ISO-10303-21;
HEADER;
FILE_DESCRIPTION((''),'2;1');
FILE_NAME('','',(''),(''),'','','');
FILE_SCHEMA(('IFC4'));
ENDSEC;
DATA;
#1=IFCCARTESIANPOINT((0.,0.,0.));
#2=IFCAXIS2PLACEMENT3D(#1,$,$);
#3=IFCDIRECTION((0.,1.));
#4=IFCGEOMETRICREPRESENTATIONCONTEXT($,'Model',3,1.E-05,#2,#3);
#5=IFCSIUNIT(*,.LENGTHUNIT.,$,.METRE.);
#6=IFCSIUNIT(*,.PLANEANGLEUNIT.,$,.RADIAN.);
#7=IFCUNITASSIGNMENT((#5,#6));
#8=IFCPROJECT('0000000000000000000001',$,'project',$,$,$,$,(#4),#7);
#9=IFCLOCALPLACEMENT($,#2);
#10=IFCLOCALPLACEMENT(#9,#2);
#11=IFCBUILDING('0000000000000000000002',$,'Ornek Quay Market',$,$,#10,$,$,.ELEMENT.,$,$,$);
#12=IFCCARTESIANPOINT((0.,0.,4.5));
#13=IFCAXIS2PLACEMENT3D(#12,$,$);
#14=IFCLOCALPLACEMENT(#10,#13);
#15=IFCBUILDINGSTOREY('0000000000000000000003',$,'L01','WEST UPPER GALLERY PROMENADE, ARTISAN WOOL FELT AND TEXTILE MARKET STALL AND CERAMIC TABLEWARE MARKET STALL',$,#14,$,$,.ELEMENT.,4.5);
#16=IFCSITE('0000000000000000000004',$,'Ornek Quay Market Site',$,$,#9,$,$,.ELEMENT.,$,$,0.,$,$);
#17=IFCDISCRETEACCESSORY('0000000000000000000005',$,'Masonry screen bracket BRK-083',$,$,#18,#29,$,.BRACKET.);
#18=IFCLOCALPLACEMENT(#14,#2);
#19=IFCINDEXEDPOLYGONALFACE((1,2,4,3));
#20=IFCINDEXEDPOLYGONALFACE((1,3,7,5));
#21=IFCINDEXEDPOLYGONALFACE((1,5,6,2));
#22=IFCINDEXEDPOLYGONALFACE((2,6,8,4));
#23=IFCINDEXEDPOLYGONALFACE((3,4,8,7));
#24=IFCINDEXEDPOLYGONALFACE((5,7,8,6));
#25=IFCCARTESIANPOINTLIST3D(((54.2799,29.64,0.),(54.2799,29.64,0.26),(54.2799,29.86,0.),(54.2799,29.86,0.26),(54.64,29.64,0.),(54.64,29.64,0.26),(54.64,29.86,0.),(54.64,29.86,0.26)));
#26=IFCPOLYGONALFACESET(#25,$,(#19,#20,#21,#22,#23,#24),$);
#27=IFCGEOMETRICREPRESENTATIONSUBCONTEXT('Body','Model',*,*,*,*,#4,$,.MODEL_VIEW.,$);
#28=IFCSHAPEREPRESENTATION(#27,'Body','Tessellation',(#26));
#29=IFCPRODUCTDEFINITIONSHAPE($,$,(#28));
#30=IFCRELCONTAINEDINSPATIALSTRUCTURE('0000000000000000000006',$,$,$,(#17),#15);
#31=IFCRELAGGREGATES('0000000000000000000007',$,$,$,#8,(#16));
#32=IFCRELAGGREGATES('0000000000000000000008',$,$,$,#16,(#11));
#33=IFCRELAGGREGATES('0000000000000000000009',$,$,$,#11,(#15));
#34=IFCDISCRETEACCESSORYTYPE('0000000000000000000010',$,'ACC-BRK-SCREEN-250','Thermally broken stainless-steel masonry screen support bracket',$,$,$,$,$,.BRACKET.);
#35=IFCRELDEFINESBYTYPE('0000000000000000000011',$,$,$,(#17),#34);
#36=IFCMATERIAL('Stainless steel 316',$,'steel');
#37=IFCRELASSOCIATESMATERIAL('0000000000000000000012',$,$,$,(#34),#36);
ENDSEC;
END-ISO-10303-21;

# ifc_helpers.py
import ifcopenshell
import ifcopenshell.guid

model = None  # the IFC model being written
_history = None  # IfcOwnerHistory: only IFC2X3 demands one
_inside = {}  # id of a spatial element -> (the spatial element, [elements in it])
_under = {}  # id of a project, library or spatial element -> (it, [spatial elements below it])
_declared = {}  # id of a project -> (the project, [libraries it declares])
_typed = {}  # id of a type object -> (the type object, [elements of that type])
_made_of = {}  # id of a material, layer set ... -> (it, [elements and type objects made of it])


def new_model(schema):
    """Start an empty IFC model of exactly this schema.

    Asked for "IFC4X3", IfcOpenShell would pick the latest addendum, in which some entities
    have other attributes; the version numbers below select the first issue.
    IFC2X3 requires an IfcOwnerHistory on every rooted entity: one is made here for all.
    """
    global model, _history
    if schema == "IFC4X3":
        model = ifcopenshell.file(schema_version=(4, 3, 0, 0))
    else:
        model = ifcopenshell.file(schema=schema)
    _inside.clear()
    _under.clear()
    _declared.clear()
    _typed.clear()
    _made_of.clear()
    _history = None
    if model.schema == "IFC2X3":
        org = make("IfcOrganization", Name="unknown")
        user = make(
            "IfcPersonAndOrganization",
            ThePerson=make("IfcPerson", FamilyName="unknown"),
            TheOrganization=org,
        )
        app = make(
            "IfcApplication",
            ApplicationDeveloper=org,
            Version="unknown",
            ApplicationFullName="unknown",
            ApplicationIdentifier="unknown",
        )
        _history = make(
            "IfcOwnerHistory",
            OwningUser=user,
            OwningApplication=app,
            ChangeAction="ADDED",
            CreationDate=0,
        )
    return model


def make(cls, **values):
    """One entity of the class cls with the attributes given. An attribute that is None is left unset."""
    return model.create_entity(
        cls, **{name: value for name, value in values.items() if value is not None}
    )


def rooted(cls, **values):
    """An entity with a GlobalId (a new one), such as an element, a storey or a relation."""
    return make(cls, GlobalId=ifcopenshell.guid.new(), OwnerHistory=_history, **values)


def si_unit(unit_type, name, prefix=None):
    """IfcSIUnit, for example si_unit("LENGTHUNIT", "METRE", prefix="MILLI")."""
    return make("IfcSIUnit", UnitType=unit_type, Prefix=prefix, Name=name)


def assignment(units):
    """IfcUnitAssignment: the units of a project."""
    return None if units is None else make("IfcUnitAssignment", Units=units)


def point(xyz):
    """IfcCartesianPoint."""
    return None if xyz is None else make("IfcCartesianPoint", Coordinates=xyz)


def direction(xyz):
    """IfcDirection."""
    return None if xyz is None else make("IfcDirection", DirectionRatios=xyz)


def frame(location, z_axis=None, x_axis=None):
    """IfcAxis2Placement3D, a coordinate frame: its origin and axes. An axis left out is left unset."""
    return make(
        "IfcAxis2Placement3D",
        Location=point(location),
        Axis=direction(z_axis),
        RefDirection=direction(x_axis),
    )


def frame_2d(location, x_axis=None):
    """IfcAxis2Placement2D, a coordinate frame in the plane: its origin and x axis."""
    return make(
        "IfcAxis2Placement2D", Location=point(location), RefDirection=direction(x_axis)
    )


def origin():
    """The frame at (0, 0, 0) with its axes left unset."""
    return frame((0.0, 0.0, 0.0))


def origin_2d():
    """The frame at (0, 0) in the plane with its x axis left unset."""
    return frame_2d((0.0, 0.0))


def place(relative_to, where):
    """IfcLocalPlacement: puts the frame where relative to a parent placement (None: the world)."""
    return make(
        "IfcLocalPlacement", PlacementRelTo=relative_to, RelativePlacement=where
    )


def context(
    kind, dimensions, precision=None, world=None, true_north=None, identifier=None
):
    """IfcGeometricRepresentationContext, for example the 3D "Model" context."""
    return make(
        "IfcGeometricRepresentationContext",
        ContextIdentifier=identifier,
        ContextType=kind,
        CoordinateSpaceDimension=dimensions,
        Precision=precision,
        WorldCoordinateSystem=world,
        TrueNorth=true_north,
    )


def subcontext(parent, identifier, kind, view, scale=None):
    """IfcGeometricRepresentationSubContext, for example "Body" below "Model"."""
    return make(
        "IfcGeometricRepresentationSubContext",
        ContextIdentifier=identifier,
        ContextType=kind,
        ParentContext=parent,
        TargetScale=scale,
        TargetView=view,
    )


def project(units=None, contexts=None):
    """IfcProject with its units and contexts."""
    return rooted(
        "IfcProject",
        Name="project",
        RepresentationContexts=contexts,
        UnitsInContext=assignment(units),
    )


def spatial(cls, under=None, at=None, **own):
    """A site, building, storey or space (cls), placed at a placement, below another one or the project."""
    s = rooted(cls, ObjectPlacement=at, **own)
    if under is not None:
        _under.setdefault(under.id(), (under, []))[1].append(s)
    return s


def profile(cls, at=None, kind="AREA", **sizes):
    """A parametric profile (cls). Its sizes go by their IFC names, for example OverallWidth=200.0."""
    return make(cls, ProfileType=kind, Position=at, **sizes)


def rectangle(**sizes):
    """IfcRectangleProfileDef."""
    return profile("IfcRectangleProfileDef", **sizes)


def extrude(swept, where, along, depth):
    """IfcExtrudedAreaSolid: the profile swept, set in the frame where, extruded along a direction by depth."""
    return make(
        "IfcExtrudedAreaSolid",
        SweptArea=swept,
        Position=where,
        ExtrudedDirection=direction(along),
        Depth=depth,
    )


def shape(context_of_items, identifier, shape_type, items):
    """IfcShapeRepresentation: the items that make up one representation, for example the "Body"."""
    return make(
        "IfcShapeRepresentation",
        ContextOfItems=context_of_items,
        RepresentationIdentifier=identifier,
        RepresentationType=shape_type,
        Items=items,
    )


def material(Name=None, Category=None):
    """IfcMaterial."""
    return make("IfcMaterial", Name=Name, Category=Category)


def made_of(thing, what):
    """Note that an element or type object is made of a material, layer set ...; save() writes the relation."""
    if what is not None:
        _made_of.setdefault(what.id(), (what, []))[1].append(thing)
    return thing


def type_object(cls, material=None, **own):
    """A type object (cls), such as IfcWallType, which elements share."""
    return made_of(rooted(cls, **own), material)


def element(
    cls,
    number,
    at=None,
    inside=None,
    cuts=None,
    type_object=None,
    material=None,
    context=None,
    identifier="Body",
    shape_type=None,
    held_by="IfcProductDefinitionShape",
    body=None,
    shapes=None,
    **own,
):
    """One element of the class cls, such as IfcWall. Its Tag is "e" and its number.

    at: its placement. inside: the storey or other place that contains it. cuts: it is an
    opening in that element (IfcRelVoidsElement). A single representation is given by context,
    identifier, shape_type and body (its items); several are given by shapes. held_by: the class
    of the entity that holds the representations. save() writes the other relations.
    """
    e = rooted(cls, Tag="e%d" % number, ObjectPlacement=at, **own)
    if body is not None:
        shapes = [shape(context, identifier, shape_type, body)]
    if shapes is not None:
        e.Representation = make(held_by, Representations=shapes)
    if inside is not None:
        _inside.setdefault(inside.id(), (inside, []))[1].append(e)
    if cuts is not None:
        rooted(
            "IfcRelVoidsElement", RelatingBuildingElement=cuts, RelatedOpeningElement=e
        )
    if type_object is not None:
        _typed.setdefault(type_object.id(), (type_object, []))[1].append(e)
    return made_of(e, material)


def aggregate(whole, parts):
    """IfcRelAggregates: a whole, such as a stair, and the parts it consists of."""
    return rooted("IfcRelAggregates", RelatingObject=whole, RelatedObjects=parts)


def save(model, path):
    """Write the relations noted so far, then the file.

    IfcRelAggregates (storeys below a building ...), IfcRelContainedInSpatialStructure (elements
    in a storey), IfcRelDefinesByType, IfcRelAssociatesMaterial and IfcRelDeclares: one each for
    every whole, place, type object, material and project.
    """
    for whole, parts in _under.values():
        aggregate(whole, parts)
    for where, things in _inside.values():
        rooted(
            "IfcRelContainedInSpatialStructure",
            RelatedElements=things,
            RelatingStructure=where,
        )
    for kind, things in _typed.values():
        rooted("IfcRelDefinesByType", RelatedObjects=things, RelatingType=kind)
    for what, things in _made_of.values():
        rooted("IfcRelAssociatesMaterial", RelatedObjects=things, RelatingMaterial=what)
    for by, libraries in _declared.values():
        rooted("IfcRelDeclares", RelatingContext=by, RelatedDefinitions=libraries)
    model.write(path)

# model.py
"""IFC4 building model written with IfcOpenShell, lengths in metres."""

from ifc_helpers import new_model, si_unit, direction, frame, origin, origin_2d, place, context, subcontext, project, spatial, rectangle, extrude, material, type_object, element, save


model = new_model("IFC4")

# Units and contexts
model_context = context("Model", 3, precision=1e-05, world=origin(), true_north=direction((0.0, 1.0)))
body_context = subcontext(model_context, "Body", "Model", "MODEL_VIEW")
ifc_project = project(units=[si_unit("LENGTHUNIT", "METRE"), si_unit("PLANEANGLEUNIT", "RADIAN")], contexts=[model_context])

# Site, building, storey
site_placement = place(None, origin())
site = spatial("IfcSite", under=ifc_project, at=site_placement, Name="Ornek Quay Market Site", CompositionType="ELEMENT", RefElevation=0.0)
building_placement = place(site_placement, origin())
building = spatial("IfcBuilding", under=site, at=building_placement, Name="Ornek Quay Market", CompositionType="ELEMENT")
storey_placement = place(building_placement, frame((0.0, 0.0, 4.5)))
storey = spatial("IfcBuildingStorey", under=building, at=storey_placement, Name="L01", Description="WEST UPPER GALLERY PROMENADE, ARTISAN WOOL FELT AND TEXTILE MARKET STALL AND CERAMIC TABLEWARE MARKET STALL", CompositionType="ELEMENT", Elevation=4.5)

# Discrete accessory
ifc_material_1 = material(Name="Stainless steel 316", Category="steel")
discrete_accessory_type = type_object("IfcDiscreteAccessoryType", Name="ACC-BRK-SCREEN-250", Description="Thermally broken stainless-steel masonry screen support bracket", PredefinedType="BRACKET", material=ifc_material_1)
discrete_accessory_placement = place(storey_placement, frame((54.46, 29.75, 0.0), z_axis=(0.0, 0.0, 1.0), x_axis=(0.0, 1.0, 0.0)))
element("IfcDiscreteAccessory", 1, at=discrete_accessory_placement, inside=storey, type_object=discrete_accessory_type, Name="Masonry screen bracket BRK-083", PredefinedType="BRACKET", context=body_context, shape_type="SweptSolid", body=[
    extrude(rectangle(XDim=0.22, YDim=0.3601, at=origin_2d()), origin(), (0.0, 0.0, 1.0), 0.26),
])

save(model, "model.ifc")
